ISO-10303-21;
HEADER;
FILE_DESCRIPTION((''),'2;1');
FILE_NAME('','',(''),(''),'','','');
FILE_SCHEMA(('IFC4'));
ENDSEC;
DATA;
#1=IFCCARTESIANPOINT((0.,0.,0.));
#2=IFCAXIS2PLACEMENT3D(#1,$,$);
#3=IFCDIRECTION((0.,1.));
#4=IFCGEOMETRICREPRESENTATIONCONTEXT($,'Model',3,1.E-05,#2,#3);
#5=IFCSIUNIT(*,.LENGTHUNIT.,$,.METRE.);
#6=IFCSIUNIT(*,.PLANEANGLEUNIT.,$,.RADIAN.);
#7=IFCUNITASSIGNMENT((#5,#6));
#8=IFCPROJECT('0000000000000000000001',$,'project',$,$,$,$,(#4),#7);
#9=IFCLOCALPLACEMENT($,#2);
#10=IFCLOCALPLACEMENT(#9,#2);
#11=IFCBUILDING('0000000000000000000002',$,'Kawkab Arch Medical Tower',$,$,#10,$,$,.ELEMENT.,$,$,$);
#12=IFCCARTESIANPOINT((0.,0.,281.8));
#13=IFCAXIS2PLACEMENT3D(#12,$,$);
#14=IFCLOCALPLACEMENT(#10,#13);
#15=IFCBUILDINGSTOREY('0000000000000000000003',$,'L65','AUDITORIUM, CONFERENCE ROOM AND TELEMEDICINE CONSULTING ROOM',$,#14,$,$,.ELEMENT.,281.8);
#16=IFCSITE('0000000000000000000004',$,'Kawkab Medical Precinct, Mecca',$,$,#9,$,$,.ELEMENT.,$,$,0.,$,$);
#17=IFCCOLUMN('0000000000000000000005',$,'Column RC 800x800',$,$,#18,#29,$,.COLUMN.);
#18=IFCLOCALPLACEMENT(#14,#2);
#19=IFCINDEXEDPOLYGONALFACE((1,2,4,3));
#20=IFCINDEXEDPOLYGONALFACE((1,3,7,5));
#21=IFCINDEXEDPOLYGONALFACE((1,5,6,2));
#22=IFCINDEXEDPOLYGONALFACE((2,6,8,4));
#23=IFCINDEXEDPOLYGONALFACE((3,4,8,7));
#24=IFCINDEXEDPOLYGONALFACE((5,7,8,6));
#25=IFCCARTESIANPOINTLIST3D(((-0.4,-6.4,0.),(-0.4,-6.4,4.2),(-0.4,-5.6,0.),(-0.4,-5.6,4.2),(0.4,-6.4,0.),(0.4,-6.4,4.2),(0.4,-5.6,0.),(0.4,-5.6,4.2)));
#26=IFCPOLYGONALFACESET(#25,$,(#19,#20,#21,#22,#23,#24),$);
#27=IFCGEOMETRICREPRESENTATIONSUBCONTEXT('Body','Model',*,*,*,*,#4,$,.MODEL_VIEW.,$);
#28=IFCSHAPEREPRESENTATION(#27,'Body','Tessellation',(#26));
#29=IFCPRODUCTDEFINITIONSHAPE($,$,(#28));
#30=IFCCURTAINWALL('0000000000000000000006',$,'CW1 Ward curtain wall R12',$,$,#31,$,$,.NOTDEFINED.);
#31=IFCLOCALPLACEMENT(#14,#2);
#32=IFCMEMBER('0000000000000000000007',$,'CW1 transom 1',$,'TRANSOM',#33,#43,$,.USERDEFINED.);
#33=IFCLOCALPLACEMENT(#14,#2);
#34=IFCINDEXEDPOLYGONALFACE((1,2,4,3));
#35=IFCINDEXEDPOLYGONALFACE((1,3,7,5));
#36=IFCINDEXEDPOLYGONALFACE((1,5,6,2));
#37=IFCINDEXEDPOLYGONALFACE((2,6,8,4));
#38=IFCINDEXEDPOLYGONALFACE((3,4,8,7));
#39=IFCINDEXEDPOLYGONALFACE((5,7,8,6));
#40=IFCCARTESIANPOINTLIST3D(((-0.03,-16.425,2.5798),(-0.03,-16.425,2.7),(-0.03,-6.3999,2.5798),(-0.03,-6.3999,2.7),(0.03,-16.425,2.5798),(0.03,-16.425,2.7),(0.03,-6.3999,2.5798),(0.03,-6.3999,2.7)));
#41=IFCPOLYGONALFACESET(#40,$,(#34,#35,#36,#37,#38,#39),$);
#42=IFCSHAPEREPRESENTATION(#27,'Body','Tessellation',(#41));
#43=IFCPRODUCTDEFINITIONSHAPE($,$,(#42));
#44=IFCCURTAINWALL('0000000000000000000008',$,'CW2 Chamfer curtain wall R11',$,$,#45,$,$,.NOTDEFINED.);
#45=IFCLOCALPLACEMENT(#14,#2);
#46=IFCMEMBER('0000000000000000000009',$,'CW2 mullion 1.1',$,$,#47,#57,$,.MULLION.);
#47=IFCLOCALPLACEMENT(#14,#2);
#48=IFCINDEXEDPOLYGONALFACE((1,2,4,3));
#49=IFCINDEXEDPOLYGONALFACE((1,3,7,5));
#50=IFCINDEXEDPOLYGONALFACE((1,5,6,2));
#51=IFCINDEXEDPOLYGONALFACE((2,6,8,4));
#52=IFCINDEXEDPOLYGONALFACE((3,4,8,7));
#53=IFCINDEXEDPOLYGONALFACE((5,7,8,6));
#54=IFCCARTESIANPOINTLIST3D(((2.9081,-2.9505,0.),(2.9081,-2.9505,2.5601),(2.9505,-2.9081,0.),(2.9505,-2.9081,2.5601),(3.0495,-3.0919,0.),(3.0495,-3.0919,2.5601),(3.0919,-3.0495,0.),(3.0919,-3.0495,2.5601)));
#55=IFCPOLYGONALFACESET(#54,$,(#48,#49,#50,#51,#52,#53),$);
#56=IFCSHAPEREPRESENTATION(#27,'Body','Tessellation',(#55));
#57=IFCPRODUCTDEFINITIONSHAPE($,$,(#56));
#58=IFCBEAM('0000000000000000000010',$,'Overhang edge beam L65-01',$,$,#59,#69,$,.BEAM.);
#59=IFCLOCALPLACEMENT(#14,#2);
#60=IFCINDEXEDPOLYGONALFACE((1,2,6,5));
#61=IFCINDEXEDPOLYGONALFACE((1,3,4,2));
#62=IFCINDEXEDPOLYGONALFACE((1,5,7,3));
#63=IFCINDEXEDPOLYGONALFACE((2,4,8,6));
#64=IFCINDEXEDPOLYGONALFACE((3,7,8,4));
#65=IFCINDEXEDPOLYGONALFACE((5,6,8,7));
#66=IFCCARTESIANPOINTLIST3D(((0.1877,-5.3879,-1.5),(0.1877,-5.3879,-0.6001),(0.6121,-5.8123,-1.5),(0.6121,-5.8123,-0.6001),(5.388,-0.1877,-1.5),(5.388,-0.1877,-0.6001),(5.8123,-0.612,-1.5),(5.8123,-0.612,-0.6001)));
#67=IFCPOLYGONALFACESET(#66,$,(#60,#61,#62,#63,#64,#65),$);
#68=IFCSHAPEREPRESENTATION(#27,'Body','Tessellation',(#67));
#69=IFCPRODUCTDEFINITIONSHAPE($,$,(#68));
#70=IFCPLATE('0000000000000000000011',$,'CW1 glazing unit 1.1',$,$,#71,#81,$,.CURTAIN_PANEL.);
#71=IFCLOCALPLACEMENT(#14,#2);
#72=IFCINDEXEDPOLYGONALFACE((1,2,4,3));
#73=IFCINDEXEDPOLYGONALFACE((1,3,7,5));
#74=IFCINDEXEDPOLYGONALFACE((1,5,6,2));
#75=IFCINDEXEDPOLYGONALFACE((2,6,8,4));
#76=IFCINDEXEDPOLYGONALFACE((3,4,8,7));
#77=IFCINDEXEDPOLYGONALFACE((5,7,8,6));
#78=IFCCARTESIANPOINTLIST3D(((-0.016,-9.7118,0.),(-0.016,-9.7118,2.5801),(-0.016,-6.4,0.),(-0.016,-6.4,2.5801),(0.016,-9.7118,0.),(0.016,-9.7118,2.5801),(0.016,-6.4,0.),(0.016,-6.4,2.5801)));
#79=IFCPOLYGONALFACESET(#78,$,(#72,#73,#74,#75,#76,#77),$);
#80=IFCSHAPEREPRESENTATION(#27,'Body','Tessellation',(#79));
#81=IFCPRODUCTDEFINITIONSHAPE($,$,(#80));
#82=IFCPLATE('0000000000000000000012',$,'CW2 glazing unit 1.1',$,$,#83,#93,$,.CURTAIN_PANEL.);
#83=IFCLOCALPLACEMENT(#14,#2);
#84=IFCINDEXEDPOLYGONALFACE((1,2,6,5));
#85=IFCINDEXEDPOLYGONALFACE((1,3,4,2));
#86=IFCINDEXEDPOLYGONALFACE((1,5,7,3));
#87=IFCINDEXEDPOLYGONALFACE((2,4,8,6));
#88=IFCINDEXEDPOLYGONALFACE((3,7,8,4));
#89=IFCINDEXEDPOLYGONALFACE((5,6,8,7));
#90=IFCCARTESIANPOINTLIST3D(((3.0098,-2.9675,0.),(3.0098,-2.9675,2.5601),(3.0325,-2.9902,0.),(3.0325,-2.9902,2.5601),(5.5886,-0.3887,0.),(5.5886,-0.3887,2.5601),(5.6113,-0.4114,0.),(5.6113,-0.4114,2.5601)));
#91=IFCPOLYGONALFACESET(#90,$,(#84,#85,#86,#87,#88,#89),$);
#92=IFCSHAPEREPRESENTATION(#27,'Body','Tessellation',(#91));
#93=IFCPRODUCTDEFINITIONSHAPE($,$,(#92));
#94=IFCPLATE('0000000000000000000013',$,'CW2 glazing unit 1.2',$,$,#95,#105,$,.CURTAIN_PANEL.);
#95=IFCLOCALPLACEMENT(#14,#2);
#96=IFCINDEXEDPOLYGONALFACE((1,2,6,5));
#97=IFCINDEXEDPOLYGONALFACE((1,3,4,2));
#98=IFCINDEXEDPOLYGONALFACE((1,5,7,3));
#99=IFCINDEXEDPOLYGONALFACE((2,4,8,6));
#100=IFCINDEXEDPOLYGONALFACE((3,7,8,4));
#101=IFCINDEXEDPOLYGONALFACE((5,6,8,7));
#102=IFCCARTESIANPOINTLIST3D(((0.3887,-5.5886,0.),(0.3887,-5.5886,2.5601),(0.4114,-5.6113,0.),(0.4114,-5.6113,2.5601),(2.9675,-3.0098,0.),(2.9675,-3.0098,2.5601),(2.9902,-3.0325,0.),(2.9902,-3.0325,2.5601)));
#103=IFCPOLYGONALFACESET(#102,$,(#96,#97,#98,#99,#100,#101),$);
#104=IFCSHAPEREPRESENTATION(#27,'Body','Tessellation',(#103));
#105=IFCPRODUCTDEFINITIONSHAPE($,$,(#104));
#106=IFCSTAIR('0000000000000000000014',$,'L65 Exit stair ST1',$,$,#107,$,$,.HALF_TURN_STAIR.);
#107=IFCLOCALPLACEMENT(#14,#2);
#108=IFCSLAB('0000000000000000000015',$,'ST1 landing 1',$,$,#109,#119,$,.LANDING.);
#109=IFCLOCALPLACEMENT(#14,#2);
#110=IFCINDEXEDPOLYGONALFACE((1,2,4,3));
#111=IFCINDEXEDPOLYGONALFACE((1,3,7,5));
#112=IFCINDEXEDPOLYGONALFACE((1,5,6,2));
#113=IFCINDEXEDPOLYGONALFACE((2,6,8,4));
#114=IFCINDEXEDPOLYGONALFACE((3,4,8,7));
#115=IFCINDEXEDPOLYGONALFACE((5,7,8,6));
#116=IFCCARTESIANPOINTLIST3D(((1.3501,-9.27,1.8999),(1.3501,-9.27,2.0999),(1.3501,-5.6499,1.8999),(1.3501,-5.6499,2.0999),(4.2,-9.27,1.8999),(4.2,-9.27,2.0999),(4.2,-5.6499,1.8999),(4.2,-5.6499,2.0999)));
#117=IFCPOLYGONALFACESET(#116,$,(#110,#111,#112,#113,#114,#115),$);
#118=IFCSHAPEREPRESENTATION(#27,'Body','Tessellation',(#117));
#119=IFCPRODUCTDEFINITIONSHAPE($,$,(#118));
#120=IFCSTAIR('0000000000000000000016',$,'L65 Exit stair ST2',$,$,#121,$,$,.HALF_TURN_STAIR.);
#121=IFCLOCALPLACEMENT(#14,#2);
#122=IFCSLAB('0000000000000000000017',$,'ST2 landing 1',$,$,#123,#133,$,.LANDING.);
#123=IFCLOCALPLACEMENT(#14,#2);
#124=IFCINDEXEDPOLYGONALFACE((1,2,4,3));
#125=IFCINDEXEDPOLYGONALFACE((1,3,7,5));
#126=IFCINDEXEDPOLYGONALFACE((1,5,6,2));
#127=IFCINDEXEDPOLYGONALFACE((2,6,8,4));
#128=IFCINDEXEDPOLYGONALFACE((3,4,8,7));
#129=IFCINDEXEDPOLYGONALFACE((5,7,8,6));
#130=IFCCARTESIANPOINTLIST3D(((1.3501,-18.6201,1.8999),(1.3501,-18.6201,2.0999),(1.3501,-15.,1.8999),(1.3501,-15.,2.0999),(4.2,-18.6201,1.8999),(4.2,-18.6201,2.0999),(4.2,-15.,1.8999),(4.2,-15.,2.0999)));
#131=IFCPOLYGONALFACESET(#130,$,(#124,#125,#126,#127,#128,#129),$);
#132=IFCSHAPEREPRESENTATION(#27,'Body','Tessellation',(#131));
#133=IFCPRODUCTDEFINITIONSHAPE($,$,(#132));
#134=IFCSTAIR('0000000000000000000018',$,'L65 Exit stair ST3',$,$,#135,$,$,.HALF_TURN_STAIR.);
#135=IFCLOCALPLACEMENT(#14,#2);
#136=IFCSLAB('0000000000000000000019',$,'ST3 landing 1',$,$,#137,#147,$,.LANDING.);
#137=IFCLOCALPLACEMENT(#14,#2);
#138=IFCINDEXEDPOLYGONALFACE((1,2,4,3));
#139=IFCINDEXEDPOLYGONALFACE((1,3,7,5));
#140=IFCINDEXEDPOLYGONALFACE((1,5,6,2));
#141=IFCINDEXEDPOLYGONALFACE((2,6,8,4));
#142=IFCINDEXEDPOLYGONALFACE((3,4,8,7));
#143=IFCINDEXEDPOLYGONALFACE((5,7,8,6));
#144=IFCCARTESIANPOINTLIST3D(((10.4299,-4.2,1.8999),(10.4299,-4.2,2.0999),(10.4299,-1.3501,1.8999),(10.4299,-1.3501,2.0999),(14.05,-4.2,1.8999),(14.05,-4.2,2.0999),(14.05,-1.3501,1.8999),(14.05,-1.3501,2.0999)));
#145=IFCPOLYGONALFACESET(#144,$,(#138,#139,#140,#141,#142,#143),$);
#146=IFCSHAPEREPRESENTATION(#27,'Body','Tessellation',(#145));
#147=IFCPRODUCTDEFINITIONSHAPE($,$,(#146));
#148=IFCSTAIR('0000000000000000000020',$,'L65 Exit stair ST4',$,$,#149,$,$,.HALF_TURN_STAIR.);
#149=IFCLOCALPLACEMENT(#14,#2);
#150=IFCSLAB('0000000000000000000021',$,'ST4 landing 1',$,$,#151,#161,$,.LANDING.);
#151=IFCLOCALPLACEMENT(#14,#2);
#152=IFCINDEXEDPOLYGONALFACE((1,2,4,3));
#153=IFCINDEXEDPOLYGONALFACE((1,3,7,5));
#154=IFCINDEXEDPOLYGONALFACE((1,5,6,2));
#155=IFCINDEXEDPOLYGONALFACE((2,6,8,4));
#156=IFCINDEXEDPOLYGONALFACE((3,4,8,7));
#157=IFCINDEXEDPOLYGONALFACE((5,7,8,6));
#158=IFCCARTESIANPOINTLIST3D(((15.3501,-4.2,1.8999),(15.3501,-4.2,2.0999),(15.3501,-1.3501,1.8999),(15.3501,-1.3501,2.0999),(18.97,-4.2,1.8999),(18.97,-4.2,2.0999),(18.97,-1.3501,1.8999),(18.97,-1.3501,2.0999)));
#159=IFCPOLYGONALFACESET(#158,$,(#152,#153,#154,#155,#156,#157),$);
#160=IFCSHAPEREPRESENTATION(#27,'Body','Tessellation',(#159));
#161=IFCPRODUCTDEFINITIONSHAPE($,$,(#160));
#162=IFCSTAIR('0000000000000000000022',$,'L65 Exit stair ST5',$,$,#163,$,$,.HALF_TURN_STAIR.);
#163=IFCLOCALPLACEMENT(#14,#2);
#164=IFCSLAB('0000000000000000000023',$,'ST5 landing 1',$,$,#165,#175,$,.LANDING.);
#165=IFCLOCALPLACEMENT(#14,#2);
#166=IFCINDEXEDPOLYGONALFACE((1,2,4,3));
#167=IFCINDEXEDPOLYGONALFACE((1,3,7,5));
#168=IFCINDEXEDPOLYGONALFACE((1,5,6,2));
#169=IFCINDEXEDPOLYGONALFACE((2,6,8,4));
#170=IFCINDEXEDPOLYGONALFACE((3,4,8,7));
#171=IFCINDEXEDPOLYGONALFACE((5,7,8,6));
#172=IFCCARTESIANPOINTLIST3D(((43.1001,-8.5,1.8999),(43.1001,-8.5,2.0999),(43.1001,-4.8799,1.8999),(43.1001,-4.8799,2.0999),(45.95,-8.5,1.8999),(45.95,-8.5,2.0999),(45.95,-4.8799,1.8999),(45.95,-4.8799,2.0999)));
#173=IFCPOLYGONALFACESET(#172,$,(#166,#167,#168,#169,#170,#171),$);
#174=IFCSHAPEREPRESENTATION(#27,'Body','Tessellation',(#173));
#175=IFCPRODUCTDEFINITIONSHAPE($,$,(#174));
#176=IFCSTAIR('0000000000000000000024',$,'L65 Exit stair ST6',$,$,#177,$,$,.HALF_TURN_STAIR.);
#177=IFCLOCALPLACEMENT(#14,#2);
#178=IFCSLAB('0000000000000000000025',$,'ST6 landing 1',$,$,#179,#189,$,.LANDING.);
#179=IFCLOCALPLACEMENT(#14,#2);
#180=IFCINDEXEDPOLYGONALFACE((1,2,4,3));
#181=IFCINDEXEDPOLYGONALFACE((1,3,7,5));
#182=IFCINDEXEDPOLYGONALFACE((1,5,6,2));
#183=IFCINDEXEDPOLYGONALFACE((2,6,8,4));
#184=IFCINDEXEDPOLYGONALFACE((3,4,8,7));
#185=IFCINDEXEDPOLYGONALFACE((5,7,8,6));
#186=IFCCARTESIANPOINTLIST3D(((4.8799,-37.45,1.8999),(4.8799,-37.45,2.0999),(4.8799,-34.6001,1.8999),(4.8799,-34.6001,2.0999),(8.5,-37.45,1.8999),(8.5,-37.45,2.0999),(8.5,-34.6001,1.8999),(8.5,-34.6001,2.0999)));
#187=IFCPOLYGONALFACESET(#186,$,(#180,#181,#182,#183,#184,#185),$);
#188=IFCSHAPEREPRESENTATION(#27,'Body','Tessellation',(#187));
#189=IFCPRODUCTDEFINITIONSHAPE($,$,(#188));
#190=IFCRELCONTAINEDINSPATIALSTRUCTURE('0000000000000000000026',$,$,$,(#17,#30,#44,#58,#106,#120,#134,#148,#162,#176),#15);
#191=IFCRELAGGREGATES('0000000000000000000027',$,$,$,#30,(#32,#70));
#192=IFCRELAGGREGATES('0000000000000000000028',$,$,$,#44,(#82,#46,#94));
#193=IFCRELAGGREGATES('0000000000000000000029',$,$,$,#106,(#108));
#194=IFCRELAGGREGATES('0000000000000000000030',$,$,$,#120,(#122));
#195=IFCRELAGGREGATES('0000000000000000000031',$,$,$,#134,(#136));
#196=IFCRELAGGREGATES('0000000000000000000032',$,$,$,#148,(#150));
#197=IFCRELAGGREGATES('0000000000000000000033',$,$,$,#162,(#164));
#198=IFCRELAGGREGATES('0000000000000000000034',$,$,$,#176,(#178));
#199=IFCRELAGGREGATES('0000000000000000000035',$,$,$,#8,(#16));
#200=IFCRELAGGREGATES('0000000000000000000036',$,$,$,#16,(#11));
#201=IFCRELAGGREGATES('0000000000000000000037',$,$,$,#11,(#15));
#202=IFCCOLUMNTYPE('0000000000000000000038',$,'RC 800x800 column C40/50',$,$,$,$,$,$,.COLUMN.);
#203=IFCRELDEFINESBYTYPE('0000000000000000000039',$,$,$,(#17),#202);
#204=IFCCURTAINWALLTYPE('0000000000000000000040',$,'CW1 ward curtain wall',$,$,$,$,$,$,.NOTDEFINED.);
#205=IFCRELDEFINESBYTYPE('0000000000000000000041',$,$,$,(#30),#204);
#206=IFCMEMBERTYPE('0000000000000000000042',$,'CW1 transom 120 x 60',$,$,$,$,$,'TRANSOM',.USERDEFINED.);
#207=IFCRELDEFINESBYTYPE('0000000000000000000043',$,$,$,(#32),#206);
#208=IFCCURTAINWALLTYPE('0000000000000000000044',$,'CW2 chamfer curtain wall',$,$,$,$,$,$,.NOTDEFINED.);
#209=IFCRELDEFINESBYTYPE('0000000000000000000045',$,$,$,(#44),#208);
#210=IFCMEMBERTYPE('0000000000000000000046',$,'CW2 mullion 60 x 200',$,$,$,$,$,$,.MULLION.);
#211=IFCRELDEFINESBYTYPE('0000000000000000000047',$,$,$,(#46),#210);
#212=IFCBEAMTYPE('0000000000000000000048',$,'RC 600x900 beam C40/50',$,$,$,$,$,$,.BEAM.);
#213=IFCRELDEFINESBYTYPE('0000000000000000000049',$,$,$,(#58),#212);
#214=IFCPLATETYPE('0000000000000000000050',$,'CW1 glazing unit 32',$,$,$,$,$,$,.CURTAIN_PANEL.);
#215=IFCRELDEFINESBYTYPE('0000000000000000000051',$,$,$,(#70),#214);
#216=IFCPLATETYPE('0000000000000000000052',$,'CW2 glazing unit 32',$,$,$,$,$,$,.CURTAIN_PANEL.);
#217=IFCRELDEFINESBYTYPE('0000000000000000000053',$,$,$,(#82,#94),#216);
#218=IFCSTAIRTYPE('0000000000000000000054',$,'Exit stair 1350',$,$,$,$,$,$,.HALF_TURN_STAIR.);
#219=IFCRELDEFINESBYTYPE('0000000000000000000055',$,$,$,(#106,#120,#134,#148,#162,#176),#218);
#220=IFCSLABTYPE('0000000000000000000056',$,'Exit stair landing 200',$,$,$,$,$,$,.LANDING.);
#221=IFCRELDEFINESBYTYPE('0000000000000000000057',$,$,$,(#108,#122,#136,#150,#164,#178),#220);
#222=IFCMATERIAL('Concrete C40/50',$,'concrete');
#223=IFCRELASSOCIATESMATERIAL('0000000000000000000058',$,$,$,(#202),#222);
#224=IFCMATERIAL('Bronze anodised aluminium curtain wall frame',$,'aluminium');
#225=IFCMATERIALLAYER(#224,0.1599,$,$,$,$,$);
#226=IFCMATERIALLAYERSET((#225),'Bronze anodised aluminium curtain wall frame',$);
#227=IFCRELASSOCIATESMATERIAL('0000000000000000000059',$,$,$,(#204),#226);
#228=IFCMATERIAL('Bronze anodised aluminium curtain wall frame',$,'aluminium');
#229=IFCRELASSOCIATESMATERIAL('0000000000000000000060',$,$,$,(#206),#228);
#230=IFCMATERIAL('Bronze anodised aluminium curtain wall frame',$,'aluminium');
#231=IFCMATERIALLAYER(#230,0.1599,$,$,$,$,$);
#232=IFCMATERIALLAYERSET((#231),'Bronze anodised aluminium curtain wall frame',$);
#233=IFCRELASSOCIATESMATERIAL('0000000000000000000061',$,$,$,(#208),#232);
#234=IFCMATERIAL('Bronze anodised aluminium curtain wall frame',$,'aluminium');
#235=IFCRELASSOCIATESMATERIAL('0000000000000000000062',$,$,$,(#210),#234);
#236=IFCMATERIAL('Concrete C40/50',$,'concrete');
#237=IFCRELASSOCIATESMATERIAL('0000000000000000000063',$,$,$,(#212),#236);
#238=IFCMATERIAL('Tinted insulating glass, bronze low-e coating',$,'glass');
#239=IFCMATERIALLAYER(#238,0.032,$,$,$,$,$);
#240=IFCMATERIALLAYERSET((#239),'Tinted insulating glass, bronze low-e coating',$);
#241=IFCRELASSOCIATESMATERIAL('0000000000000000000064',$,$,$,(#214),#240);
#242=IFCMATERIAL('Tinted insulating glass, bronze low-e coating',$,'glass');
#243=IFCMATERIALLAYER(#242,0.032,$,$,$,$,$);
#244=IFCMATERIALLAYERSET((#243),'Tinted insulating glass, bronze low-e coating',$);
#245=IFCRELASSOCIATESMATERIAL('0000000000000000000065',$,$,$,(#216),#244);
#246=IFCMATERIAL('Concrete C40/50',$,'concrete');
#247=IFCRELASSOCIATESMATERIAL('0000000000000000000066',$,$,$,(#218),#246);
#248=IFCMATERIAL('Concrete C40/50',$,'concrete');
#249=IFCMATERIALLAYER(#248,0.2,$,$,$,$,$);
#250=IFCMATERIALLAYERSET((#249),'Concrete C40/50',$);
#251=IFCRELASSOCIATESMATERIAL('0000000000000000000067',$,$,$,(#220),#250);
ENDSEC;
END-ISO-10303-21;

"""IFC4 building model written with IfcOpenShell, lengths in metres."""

from ifc_helpers import new_model, si_unit, direction, frame, origin, origin_2d, place, context, subcontext, project, spatial, polyline, rectangle, outline, extrude, material, layer, layer_set, material_profile, profile_set, type_object, element, aggregate, save


model = new_model("IFC4")

# Units and contexts
model_context = context("Model", 3, precision=1e-05, world=origin(), true_north=direction((0.0, 1.0)))
body_context = subcontext(model_context, "Body", "Model", "MODEL_VIEW")
ifc_project = project(units=[si_unit("LENGTHUNIT", "METRE"), si_unit("PLANEANGLEUNIT", "RADIAN")], contexts=[model_context])

# Site, building, storey
site_placement = place(None, origin())
site = spatial("IfcSite", under=ifc_project, at=site_placement, Name="Kawkab Medical Precinct, Mecca", CompositionType="ELEMENT", RefElevation=0.0)
building_placement = place(site_placement, origin())
building = spatial("IfcBuilding", under=site, at=building_placement, Name="Kawkab Arch Medical Tower", CompositionType="ELEMENT")
storey_placement = place(building_placement, frame((0.0, 0.0, 281.8)))
storey = spatial("IfcBuildingStorey", under=building, at=storey_placement, Name="L65", Description="AUDITORIUM, CONFERENCE ROOM AND TELEMEDICINE CONSULTING ROOM", CompositionType="ELEMENT", Elevation=281.8)

# Column
ifc_material_1 = material(Name="Concrete C40/50", Category="concrete")
ifc_material_profile_1 = material_profile(ifc_material_1, rectangle(XDim=0.8, YDim=0.8, at=origin_2d()), Name="RC 800x800")
ifc_profile_set_1 = profile_set([ifc_material_profile_1], Name="Concrete C40/50")
column_type = type_object("IfcColumnType", Name="RC 800x800 column C40/50", PredefinedType="COLUMN", material=ifc_profile_set_1)
column_placement = place(storey_placement, frame((0.0, -6.0, 0.0), z_axis=(0.0, 0.0, 1.0), x_axis=(1.0, 0.0, 0.0)))
element("IfcColumn", 1, at=column_placement, inside=storey, type_object=column_type, Name="Column RC 800x800", PredefinedType="COLUMN", context=body_context, shape_type="SweptSolid", body=[
    extrude(rectangle(XDim=0.8, YDim=0.8, at=origin_2d()), origin(), (0.0, 0.0, 1.0), 4.2),
])

# Curtain walls, members
ifc_material_2 = material(Name="Bronze anodised aluminium curtain wall frame", Category="aluminium")
ifc_layer_1 = layer(ifc_material_2, 0.1599)
ifc_layer_set_1 = layer_set([ifc_layer_1], Name="Bronze anodised aluminium curtain wall frame")
curtain_wall_type_1 = type_object("IfcCurtainWallType", Name="CW1 ward curtain wall", PredefinedType="NOTDEFINED", material=ifc_layer_set_1)
placement_1 = place(storey_placement, origin())
curtain_wall_1 = element("IfcCurtainWall", 2, at=placement_1, inside=storey, type_object=curtain_wall_type_1, Name="CW1 Ward curtain wall R12", PredefinedType="NOTDEFINED")
ifc_material_3 = material(Name="Bronze anodised aluminium curtain wall frame", Category="aluminium")
ifc_material_profile_2 = material_profile(ifc_material_3, rectangle(XDim=0.0601, YDim=0.1201, at=origin_2d()), Name="AL 60x120")
ifc_profile_set_2 = profile_set([ifc_material_profile_2], Name="Bronze anodised aluminium curtain wall frame")
member_type_1 = type_object("IfcMemberType", Name="CW1 transom 120 x 60", ElementType="TRANSOM", PredefinedType="USERDEFINED", material=ifc_profile_set_2)
member_1_placement = place(storey_placement, frame((0.0, -6.3999, 2.6399), z_axis=(0.0, -1.0, 0.0), x_axis=(1.0, 0.0, 0.0)))
member_1 = element("IfcMember", 3, at=member_1_placement, type_object=member_type_1, Name="CW1 transom 1", ObjectType="TRANSOM", PredefinedType="USERDEFINED", context=body_context, shape_type="SweptSolid", body=[
    extrude(rectangle(XDim=0.0601, YDim=0.1201, at=origin_2d()), origin(), (0.0, 0.0, 1.0), 10.0251),
])
ifc_material_4 = material(Name="Bronze anodised aluminium curtain wall frame", Category="aluminium")
ifc_layer_2 = layer(ifc_material_4, 0.1599)
ifc_layer_set_2 = layer_set([ifc_layer_2], Name="Bronze anodised aluminium curtain wall frame")
curtain_wall_type_2 = type_object("IfcCurtainWallType", Name="CW2 chamfer curtain wall", PredefinedType="NOTDEFINED", material=ifc_layer_set_2)
curtain_wall_2 = element("IfcCurtainWall", 4, at=placement_1, inside=storey, type_object=curtain_wall_type_2, Name="CW2 Chamfer curtain wall R11", PredefinedType="NOTDEFINED")
ifc_material_5 = material(Name="Bronze anodised aluminium curtain wall frame", Category="aluminium")
ifc_material_profile_3 = material_profile(ifc_material_5, rectangle(XDim=0.2, YDim=0.0601, at=origin_2d()), Name="AL 60x200")
ifc_profile_set_3 = profile_set([ifc_material_profile_3], Name="Bronze anodised aluminium curtain wall frame")
member_type_2 = type_object("IfcMemberType", Name="CW2 mullion 60 x 200", PredefinedType="MULLION", material=ifc_profile_set_3)
member_2_placement = place(storey_placement, frame((3.0, -3.0, 0.0), z_axis=(0.0, 0.0, 1.0), x_axis=(0.707107, -0.707107, 0.0)))
member_2 = element("IfcMember", 5, at=member_2_placement, type_object=member_type_2, Name="CW2 mullion 1.1", PredefinedType="MULLION", context=body_context, shape_type="SweptSolid", body=[
    extrude(rectangle(XDim=0.2, YDim=0.0601, at=origin_2d()), origin(), (0.0, 0.0, 1.0), 2.5601),
])

# Beam
ifc_material_6 = material(Name="Concrete C40/50", Category="concrete")
ifc_material_profile_4 = material_profile(ifc_material_6, rectangle(XDim=0.6001, YDim=0.8999, at=origin_2d()), Name="RC 600x900")
ifc_profile_set_4 = profile_set([ifc_material_profile_4], Name="Concrete C40/50")
beam_type = type_object("IfcBeamType", Name="RC 600x900 beam C40/50", PredefinedType="BEAM", material=ifc_profile_set_4)
beam_placement = place(storey_placement, frame((0.3999, -5.6001, -1.05), z_axis=(0.707107, 0.707107, 0.0), x_axis=(-0.707107, 0.707107, 0.0)))
element("IfcBeam", 6, at=beam_placement, inside=storey, type_object=beam_type, Name="Overhang edge beam L65-01", PredefinedType="BEAM", context=body_context, shape_type="SweptSolid", body=[
    extrude(rectangle(XDim=0.6001, YDim=0.8999, at=origin_2d()), origin(), (0.0, 0.0, 1.0), 7.3542),
])

# Plates
ifc_material_7 = material(Name="Tinted insulating glass, bronze low-e coating", Category="glass")
ifc_layer_3 = layer(ifc_material_7, 0.032)
ifc_layer_set_3 = layer_set([ifc_layer_3], Name="Tinted insulating glass, bronze low-e coating")
plate_type_1 = type_object("IfcPlateType", Name="CW1 glazing unit 32", PredefinedType="CURTAIN_PANEL", material=ifc_layer_set_3)
plate_1_placement = place(storey_placement, frame((0.0, -8.0559, 0.0), z_axis=(0.0, 0.0, 1.0), x_axis=(0.0, -1.0, 0.0)))
plate_1 = element("IfcPlate", 7, at=plate_1_placement, type_object=plate_type_1, Name="CW1 glazing unit 1.1", PredefinedType="CURTAIN_PANEL", context=body_context, shape_type="SweptSolid", body=[
    extrude(rectangle(XDim=3.3118, YDim=0.032, at=origin_2d()), origin(), (0.0, 0.0, 1.0), 2.5801),
])
aggregate(curtain_wall_1, [member_1, plate_1])
ifc_material_8 = material(Name="Tinted insulating glass, bronze low-e coating", Category="glass")
ifc_layer_4 = layer(ifc_material_8, 0.032)
ifc_layer_set_4 = layer_set([ifc_layer_4], Name="Tinted insulating glass, bronze low-e coating")
plate_type_2 = type_object("IfcPlateType", Name="CW2 glazing unit 32", PredefinedType="CURTAIN_PANEL", material=ifc_layer_set_4)
plate_2_placement = place(storey_placement, frame((4.3105, -1.6895, 0.0), z_axis=(0.0, 0.0, 1.0), x_axis=(-0.707107, -0.707107, 0.0)))
plate_2 = element("IfcPlate", 8, at=plate_2_placement, type_object=plate_type_2, Name="CW2 glazing unit 1.1", PredefinedType="CURTAIN_PANEL", context=body_context, shape_type="SweptSolid", body=[
    extrude(rectangle(XDim=3.647, YDim=0.032, at=origin_2d()), origin(), (0.0, 0.0, 1.0), 2.5601),
])
plate_3_placement = place(storey_placement, frame((1.6895, -4.3105, 0.0), z_axis=(0.0, 0.0, 1.0), x_axis=(-0.707107, -0.707107, 0.0)))
plate_3 = element("IfcPlate", 9, at=plate_3_placement, type_object=plate_type_2, Name="CW2 glazing unit 1.2", PredefinedType="CURTAIN_PANEL", context=body_context, shape_type="SweptSolid", body=[
    extrude(rectangle(XDim=3.647, YDim=0.032, at=origin_2d()), origin(), (0.0, 0.0, 1.0), 2.5601),
])
aggregate(curtain_wall_2, [plate_2, member_2, plate_3])

# Stairs, slabs
ifc_material_9 = material(Name="Concrete C40/50", Category="concrete")
stair_type = type_object("IfcStairType", Name="Exit stair 1350", PredefinedType="HALF_TURN_STAIR", material=ifc_material_9)
stair_1 = element("IfcStair", 10, at=placement_1, inside=storey, type_object=stair_type, Name="L65 Exit stair ST1", PredefinedType="HALF_TURN_STAIR")
ifc_material_10 = material(Name="Concrete C40/50", Category="concrete")
ifc_layer_5 = layer(ifc_material_10, 0.2)
ifc_layer_set_5 = layer_set([ifc_layer_5], Name="Concrete C40/50")
slab_type_1 = type_object("IfcSlabType", Name="Exit stair landing 200", PredefinedType="LANDING", material=ifc_layer_set_5)
placement_2 = place(storey_placement, frame((0.0, 0.0, 1.8999)))
slab_1 = element("IfcSlab", 11, at=placement_2, type_object=slab_type_1, Name="ST1 landing 1", PredefinedType="LANDING", context=body_context, shape_type="SweptSolid", body=[
    extrude(outline(polyline([(4.2, -9.27), (4.2, -5.6499), (1.3501, -5.6499), (1.3501, -9.27), (4.2, -9.27)])), origin(), (0.0, 0.0, 1.0), 0.2),
])
aggregate(stair_1, [slab_1])
stair_2 = element("IfcStair", 12, at=placement_1, inside=storey, type_object=stair_type, Name="L65 Exit stair ST2", PredefinedType="HALF_TURN_STAIR")
slab_2 = element("IfcSlab", 13, at=placement_2, type_object=slab_type_1, Name="ST2 landing 1", PredefinedType="LANDING", context=body_context, shape_type="SweptSolid", body=[
    extrude(outline(polyline([(4.2, -18.6201), (4.2, -15.0), (1.3501, -15.0), (1.3501, -18.6201), (4.2, -18.6201)])), origin(), (0.0, 0.0, 1.0), 0.2),
])
aggregate(stair_2, [slab_2])
stair_3 = element("IfcStair", 14, at=placement_1, inside=storey, type_object=stair_type, Name="L65 Exit stair ST3", PredefinedType="HALF_TURN_STAIR")
slab_3 = element("IfcSlab", 15, at=placement_2, type_object=slab_type_1, Name="ST3 landing 1", PredefinedType="LANDING", context=body_context, shape_type="SweptSolid", body=[
    extrude(outline(polyline([(10.4299, -4.2), (14.05, -4.2), (14.05, -1.3501), (10.4299, -1.3501), (10.4299, -4.2)])), origin(), (0.0, 0.0, 1.0), 0.2),
])
aggregate(stair_3, [slab_3])
stair_4 = element("IfcStair", 16, at=placement_1, inside=storey, type_object=stair_type, Name="L65 Exit stair ST4", PredefinedType="HALF_TURN_STAIR")
slab_4 = element("IfcSlab", 17, at=placement_2, type_object=slab_type_1, Name="ST4 landing 1", PredefinedType="LANDING", context=body_context, shape_type="SweptSolid", body=[
    extrude(outline(polyline([(18.97, -1.3501), (15.3501, -1.3501), (15.3501, -4.2), (18.97, -4.2), (18.97, -1.3501)])), origin(), (0.0, 0.0, 1.0), 0.2),
])
aggregate(stair_4, [slab_4])
stair_5 = element("IfcStair", 18, at=placement_1, inside=storey, type_object=stair_type, Name="L65 Exit stair ST5", PredefinedType="HALF_TURN_STAIR")
slab_5 = element("IfcSlab", 19, at=placement_2, type_object=slab_type_1, Name="ST5 landing 1", PredefinedType="LANDING", context=body_context, shape_type="SweptSolid", body=[
    extrude(outline(polyline([(43.1001, -4.8799), (43.1001, -8.5), (45.95, -8.5), (45.95, -4.8799), (43.1001, -4.8799)])), origin(), (0.0, 0.0, 1.0), 0.2),
])
aggregate(stair_5, [slab_5])
stair_6 = element("IfcStair", 20, at=placement_1, inside=storey, type_object=stair_type, Name="L65 Exit stair ST6", PredefinedType="HALF_TURN_STAIR")
slab_6 = element("IfcSlab", 21, at=placement_2, type_object=slab_type_1, Name="ST6 landing 1", PredefinedType="LANDING", context=body_context, shape_type="SweptSolid", body=[
    extrude(outline(polyline([(4.8799, -37.45), (8.5, -37.45), (8.5, -34.6001), (4.8799, -34.6001), (4.8799, -37.45)])), origin(), (0.0, 0.0, 1.0), 0.2),
])
aggregate(stair_6, [slab_6])

save(model, "model.ifc")
